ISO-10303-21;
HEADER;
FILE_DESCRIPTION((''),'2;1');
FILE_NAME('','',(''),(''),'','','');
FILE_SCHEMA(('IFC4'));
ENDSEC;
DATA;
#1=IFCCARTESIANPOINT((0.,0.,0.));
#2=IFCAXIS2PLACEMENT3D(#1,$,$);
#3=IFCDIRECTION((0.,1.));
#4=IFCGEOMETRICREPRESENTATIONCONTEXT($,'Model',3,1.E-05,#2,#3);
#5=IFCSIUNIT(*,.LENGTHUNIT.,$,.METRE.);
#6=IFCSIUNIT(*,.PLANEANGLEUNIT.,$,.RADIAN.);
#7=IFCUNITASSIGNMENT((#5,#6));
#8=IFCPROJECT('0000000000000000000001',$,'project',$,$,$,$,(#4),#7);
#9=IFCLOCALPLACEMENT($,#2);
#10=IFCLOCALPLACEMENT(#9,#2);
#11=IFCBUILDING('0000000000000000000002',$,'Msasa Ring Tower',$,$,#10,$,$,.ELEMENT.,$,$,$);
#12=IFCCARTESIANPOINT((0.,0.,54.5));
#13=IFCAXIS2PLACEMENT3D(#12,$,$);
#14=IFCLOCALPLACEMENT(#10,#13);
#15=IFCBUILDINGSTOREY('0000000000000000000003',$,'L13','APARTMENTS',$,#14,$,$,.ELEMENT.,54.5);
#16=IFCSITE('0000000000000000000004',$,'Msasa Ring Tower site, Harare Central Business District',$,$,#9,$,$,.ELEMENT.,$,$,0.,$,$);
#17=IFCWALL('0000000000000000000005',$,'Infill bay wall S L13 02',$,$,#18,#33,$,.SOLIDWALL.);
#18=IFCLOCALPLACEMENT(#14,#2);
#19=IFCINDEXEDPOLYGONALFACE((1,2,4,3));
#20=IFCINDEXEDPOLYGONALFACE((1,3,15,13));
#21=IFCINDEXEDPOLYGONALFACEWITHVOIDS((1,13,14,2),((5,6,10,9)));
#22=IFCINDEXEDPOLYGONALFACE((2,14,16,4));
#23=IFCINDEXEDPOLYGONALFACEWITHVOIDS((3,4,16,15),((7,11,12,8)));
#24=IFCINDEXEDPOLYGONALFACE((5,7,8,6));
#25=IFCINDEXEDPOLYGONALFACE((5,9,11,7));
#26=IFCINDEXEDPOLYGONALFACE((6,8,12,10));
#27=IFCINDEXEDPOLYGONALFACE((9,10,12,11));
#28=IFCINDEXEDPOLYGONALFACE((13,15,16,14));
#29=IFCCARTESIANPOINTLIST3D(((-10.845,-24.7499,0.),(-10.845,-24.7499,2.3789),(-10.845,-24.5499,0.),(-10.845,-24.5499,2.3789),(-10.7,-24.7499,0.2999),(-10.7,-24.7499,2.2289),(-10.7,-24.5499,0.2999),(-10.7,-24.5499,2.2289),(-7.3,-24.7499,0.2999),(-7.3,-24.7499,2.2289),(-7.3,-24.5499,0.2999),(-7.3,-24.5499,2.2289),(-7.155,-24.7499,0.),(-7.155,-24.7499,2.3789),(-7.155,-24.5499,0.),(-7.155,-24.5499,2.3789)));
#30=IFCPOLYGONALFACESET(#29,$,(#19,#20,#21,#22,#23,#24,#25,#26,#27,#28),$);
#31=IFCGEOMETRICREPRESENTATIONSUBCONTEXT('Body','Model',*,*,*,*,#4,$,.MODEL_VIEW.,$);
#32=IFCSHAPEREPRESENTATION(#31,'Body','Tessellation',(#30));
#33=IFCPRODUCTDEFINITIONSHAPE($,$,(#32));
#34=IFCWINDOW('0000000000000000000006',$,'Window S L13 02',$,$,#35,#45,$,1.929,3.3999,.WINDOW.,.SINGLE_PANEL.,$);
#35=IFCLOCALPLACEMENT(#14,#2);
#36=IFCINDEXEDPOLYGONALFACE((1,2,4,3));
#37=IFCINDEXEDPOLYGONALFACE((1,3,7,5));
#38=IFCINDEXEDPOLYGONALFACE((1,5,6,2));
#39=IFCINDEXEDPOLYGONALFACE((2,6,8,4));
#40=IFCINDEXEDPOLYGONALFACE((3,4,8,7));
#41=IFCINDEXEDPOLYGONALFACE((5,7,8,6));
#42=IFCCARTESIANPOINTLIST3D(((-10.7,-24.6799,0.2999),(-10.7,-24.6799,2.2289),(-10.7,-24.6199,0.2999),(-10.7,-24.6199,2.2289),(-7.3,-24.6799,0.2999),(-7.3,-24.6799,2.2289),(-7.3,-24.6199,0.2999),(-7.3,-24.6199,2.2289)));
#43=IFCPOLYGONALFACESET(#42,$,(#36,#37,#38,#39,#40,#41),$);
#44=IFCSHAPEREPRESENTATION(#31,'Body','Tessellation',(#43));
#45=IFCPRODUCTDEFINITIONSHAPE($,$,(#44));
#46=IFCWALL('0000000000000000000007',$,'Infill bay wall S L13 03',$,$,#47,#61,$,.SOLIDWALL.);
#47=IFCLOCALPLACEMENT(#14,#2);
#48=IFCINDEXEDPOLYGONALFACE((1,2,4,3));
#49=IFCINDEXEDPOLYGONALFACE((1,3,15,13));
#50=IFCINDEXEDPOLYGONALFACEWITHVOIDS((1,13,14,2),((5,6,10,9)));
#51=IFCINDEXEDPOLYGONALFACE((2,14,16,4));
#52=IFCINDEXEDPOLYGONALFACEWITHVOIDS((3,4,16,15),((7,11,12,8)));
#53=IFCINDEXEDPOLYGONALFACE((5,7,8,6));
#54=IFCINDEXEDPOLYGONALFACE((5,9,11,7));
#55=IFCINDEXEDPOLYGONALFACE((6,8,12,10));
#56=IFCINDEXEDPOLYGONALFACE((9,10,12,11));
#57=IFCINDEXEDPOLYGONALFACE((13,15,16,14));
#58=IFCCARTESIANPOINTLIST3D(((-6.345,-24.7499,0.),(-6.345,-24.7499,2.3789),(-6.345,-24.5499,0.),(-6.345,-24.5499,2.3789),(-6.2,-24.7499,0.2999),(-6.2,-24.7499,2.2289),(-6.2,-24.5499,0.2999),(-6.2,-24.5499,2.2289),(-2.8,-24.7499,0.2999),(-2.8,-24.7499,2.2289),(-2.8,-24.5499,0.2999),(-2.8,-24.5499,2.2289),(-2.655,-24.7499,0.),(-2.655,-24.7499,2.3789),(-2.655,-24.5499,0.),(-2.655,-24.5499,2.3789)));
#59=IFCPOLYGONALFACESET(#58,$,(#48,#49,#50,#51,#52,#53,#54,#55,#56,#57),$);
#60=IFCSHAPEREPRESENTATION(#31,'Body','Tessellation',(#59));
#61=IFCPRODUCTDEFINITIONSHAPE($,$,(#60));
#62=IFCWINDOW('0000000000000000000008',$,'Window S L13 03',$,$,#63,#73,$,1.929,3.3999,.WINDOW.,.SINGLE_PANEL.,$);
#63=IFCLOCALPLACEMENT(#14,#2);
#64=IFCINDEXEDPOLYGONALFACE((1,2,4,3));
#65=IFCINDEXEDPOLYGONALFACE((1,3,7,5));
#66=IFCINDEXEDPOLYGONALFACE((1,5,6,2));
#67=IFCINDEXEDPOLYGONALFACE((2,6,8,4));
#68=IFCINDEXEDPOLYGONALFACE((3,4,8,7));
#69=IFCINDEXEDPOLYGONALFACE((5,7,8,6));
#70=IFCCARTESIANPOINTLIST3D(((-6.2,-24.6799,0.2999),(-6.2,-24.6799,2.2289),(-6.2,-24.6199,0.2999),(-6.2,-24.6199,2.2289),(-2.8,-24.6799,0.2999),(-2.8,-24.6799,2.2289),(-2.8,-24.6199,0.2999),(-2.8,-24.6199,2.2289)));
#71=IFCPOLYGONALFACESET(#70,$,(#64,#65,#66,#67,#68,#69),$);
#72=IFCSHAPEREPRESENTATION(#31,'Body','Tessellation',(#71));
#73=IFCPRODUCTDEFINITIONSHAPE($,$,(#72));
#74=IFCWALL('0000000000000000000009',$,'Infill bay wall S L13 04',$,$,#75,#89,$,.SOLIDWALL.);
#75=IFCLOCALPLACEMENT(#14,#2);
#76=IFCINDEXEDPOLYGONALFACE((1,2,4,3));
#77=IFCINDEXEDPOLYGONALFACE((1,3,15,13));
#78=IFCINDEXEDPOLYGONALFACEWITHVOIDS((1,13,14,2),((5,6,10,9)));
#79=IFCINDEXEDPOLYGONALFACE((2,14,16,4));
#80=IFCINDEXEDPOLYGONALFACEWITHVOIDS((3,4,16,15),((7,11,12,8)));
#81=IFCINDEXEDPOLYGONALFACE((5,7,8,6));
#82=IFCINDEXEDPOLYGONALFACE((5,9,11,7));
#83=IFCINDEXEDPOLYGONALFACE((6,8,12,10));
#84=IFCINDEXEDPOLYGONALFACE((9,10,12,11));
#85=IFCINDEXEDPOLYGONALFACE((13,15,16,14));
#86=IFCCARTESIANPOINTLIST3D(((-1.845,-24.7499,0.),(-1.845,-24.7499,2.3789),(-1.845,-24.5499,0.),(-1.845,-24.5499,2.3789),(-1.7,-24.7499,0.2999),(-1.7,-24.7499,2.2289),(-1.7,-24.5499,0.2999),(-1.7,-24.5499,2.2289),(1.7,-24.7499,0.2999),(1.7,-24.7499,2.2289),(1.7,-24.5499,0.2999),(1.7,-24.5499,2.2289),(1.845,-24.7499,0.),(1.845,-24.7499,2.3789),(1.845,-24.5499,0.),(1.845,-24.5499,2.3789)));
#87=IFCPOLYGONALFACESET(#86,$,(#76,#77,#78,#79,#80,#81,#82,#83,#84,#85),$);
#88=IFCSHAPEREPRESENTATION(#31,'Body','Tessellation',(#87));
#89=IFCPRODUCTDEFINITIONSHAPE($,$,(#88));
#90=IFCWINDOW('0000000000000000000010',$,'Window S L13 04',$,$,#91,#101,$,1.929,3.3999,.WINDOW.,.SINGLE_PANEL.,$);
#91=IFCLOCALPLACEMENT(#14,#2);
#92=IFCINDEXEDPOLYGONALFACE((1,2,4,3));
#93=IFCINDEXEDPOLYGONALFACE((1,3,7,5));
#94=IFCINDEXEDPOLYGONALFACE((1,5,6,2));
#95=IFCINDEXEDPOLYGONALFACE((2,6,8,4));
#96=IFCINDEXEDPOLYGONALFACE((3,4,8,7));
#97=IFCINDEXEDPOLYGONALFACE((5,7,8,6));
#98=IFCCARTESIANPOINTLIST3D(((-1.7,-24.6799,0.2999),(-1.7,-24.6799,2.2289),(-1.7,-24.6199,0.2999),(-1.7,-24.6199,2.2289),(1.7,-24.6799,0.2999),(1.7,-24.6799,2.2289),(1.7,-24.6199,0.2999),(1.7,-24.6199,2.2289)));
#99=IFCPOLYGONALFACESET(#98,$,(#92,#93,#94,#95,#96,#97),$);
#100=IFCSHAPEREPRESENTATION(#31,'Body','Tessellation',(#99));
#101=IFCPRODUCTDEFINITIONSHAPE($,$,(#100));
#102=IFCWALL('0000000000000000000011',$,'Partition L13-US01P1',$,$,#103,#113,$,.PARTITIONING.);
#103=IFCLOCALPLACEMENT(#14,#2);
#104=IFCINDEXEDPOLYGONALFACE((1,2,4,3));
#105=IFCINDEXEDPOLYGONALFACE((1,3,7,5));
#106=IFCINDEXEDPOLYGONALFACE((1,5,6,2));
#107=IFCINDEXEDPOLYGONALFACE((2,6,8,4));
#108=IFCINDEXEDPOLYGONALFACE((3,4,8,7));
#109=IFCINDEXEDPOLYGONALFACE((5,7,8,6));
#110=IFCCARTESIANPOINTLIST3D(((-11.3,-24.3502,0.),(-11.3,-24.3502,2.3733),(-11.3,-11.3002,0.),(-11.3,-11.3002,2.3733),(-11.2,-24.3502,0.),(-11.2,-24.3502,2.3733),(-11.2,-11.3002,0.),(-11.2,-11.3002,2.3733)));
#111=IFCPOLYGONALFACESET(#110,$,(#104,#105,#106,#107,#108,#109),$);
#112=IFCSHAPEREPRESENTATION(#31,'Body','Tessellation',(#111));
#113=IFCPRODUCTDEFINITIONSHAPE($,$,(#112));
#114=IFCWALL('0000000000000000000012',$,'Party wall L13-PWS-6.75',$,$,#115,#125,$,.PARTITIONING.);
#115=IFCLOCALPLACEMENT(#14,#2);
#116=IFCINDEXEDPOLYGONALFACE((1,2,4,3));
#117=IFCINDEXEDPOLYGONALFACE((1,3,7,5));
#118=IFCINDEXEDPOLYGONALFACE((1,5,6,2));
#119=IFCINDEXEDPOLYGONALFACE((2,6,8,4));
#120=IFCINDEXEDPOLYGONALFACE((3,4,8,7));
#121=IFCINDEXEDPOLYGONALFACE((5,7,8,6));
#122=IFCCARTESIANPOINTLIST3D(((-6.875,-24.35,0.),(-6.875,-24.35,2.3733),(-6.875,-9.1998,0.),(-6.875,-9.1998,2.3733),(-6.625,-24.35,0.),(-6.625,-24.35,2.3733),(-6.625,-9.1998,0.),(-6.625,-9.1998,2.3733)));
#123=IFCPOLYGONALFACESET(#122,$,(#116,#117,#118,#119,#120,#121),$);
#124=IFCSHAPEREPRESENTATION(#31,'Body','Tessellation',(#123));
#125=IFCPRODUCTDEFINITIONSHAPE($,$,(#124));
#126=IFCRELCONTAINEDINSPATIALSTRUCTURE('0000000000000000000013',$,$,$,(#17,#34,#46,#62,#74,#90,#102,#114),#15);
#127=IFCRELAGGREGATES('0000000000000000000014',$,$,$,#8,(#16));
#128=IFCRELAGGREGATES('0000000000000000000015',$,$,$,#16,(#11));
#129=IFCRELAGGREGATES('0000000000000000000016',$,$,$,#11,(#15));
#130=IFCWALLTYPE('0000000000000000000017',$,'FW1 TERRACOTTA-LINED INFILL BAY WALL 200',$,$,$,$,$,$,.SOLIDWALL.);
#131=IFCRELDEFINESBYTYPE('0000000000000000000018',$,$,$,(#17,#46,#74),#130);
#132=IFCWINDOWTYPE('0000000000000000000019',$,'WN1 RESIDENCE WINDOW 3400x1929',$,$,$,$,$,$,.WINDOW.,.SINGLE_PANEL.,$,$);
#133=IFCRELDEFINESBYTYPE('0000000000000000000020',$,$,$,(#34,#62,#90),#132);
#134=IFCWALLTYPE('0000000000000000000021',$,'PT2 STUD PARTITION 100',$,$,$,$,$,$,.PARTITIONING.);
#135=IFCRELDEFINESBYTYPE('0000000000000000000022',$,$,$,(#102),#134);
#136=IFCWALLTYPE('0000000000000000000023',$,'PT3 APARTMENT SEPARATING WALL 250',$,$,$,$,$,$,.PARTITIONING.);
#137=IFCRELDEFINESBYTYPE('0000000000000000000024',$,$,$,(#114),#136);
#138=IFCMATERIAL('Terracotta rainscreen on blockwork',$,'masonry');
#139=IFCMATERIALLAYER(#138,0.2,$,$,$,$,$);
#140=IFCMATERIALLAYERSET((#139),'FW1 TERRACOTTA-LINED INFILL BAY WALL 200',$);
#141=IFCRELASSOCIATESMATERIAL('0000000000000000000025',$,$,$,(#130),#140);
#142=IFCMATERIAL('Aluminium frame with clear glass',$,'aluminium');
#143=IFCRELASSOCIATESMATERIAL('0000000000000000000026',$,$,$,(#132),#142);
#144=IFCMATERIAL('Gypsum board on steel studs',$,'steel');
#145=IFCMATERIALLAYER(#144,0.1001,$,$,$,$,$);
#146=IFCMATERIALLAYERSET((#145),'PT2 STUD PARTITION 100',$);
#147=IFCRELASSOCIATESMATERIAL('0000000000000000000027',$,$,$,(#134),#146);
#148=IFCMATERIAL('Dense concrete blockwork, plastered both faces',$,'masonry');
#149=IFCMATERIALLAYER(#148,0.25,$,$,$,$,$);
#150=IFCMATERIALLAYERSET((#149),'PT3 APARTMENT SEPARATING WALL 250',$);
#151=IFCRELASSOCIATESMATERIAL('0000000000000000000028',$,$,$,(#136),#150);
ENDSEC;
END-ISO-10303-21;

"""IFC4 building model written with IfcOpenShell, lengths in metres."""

from ifc_helpers import new_model, si_unit, direction, frame, frame_2d, origin, place, context, subcontext, project, spatial, rectangle, extrude, material, layer, layer_set, type_object, element, fill, save


model = new_model("IFC4")

# Units and contexts
model_context = context("Model", 3, precision=1e-05, world=origin(), true_north=direction((0.0, 1.0)))
body_context = subcontext(model_context, "Body", "Model", "MODEL_VIEW")
ifc_project = project(units=[si_unit("LENGTHUNIT", "METRE"), si_unit("PLANEANGLEUNIT", "RADIAN")], contexts=[model_context])

# Site, building, storey
site_placement = place(None, origin())
site = spatial("IfcSite", under=ifc_project, at=site_placement, Name="Msasa Ring Tower site, Harare Central Business District", CompositionType="ELEMENT", RefElevation=0.0)
building_placement = place(site_placement, origin())
building = spatial("IfcBuilding", under=site, at=building_placement, Name="Msasa Ring Tower", CompositionType="ELEMENT")
storey_placement = place(building_placement, frame((0.0, 0.0, 54.5)))
storey = spatial("IfcBuildingStorey", under=building, at=storey_placement, Name="L13", Description="APARTMENTS", CompositionType="ELEMENT", Elevation=54.5)

# Walls, openings, windows
ifc_material_1 = material(Name="Terracotta rainscreen on blockwork", Category="masonry")
ifc_layer_1 = layer(ifc_material_1, 0.2)
ifc_layer_set_1 = layer_set([ifc_layer_1], Name="FW1 TERRACOTTA-LINED INFILL BAY WALL 200")
wall_type_1 = type_object("IfcWallType", Name="FW1 TERRACOTTA-LINED INFILL BAY WALL 200", PredefinedType="SOLIDWALL", material=ifc_layer_set_1)
ifc_material_2 = material(Name="Aluminium frame with clear glass", Category="aluminium")
window_type = type_object("IfcWindowType", Name="WN1 RESIDENCE WINDOW 3400x1929", PartitioningType="SINGLE_PANEL", PredefinedType="WINDOW", material=ifc_material_2)
wall_1_placement = place(storey_placement, frame((-10.845, -24.6499, 0.0), z_axis=(0.0, 0.0, 1.0), x_axis=(1.0, 0.0, 0.0)))
wall_1 = element("IfcWall", 1, at=wall_1_placement, inside=storey, type_object=wall_type_1, Name="Infill bay wall S L13 02", PredefinedType="SOLIDWALL", context=body_context, shape_type="SweptSolid", body=[
    extrude(rectangle(XDim=3.6899, YDim=0.2, at=frame_2d((1.845, 0.0))), origin(), (0.0, 0.0, 1.0), 2.3789),
])
opening_1_placement = place(wall_1_placement, frame((0.145, 0.0, 0.3)))
opening_1 = element("IfcOpeningElement", 2, at=opening_1_placement, cuts=wall_1, PredefinedType="OPENING", context=body_context, shape_type="SweptSolid", body=[
    extrude(rectangle(XDim=3.3999, YDim=1.929, at=frame_2d((1.7, 0.9644))), frame((0.0, 0.1099, 0.0), z_axis=(0.0, -1.0, 0.0), x_axis=(1.0, 0.0, 0.0)), (0.0, 0.0, 1.0), 0.22),
])
window_1_placement = place(opening_1_placement, origin())
window_1 = element("IfcWindow", 3, at=window_1_placement, inside=storey, type_object=window_type, Name="Window S L13 02", OverallHeight=1.929, OverallWidth=3.3999, PartitioningType="SINGLE_PANEL", PredefinedType="WINDOW", context=body_context, shape_type="SweptSolid", body=[
    extrude(rectangle(XDim=3.3999, YDim=1.929, at=frame_2d((1.7, 0.9644))), frame((0.0, 0.03, 0.0), z_axis=(0.0, -1.0, 0.0), x_axis=(1.0, 0.0, 0.0)), (0.0, 0.0, 1.0), 0.0601),
])
fill(opening_1, window_1)
wall_2_placement = place(storey_placement, frame((-6.345, -24.6499, 0.0), z_axis=(0.0, 0.0, 1.0), x_axis=(1.0, 0.0, 0.0)))
wall_2 = element("IfcWall", 4, at=wall_2_placement, inside=storey, type_object=wall_type_1, Name="Infill bay wall S L13 03", PredefinedType="SOLIDWALL", context=body_context, shape_type="SweptSolid", body=[
    extrude(rectangle(XDim=3.6899, YDim=0.2, at=frame_2d((1.845, 0.0))), origin(), (0.0, 0.0, 1.0), 2.3789),
])
opening_2_placement = place(wall_2_placement, frame((0.145, 0.0, 0.3)))
opening_2 = element("IfcOpeningElement", 5, at=opening_2_placement, cuts=wall_2, PredefinedType="OPENING", context=body_context, shape_type="SweptSolid", body=[
    extrude(rectangle(XDim=3.3999, YDim=1.929, at=frame_2d((1.7, 0.9644))), frame((0.0, 0.1099, 0.0), z_axis=(0.0, -1.0, 0.0), x_axis=(1.0, 0.0, 0.0)), (0.0, 0.0, 1.0), 0.22),
])
window_2_placement = place(opening_2_placement, origin())
window_2 = element("IfcWindow", 6, at=window_2_placement, inside=storey, type_object=window_type, Name="Window S L13 03", OverallHeight=1.929, OverallWidth=3.3999, PartitioningType="SINGLE_PANEL", PredefinedType="WINDOW", context=body_context, shape_type="SweptSolid", body=[
    extrude(rectangle(XDim=3.3999, YDim=1.929, at=frame_2d((1.7, 0.9644))), frame((0.0, 0.03, 0.0), z_axis=(0.0, -1.0, 0.0), x_axis=(1.0, 0.0, 0.0)), (0.0, 0.0, 1.0), 0.0601),
])
fill(opening_2, window_2)
wall_3_placement = place(storey_placement, frame((-1.845, -24.6499, 0.0), z_axis=(0.0, 0.0, 1.0), x_axis=(1.0, 0.0, 0.0)))
wall_3 = element("IfcWall", 7, at=wall_3_placement, inside=storey, type_object=wall_type_1, Name="Infill bay wall S L13 04", PredefinedType="SOLIDWALL", context=body_context, shape_type="SweptSolid", body=[
    extrude(rectangle(XDim=3.6899, YDim=0.2, at=frame_2d((1.845, 0.0))), origin(), (0.0, 0.0, 1.0), 2.3789),
])
opening_3_placement = place(wall_3_placement, frame((0.145, 0.0, 0.3)))
opening_3 = element("IfcOpeningElement", 8, at=opening_3_placement, cuts=wall_3, PredefinedType="OPENING", context=body_context, shape_type="SweptSolid", body=[
    extrude(rectangle(XDim=3.3999, YDim=1.929, at=frame_2d((1.7, 0.9644))), frame((0.0, 0.1099, 0.0), z_axis=(0.0, -1.0, 0.0), x_axis=(1.0, 0.0, 0.0)), (0.0, 0.0, 1.0), 0.22),
])
window_3_placement = place(opening_3_placement, origin())
window_3 = element("IfcWindow", 9, at=window_3_placement, inside=storey, type_object=window_type, Name="Window S L13 04", OverallHeight=1.929, OverallWidth=3.3999, PartitioningType="SINGLE_PANEL", PredefinedType="WINDOW", context=body_context, shape_type="SweptSolid", body=[
    extrude(rectangle(XDim=3.3999, YDim=1.929, at=frame_2d((1.7, 0.9644))), frame((0.0, 0.03, 0.0), z_axis=(0.0, -1.0, 0.0), x_axis=(1.0, 0.0, 0.0)), (0.0, 0.0, 1.0), 0.0601),
])
fill(opening_3, window_3)

# Walls
ifc_material_3 = material(Name="Gypsum board on steel studs", Category="steel")
ifc_layer_2 = layer(ifc_material_3, 0.1001)
ifc_layer_set_2 = layer_set([ifc_layer_2], Name="PT2 STUD PARTITION 100")
wall_type_2 = type_object("IfcWallType", Name="PT2 STUD PARTITION 100", PredefinedType="PARTITIONING", material=ifc_layer_set_2)
wall_4_placement = place(storey_placement, frame((-11.25, -24.3501, 0.0), z_axis=(0.0, 0.0, 1.0), x_axis=(0.0, 1.0, 0.0)))
element("IfcWall", 10, at=wall_4_placement, inside=storey, type_object=wall_type_2, Name="Partition L13-US01P1", PredefinedType="PARTITIONING", context=body_context, shape_type="SweptSolid", body=[
    extrude(rectangle(XDim=13.05, YDim=0.1001, at=frame_2d((6.5249, 0.0))), origin(), (0.0, 0.0, 1.0), 2.3733),
])
ifc_material_4 = material(Name="Dense concrete blockwork, plastered both faces", Category="masonry")
ifc_layer_3 = layer(ifc_material_4, 0.25)
ifc_layer_set_3 = layer_set([ifc_layer_3], Name="PT3 APARTMENT SEPARATING WALL 250")
wall_type_3 = type_object("IfcWallType", Name="PT3 APARTMENT SEPARATING WALL 250", PredefinedType="PARTITIONING", material=ifc_layer_set_3)
wall_5_placement = place(storey_placement, frame((-6.75, -24.3501, 0.0), z_axis=(0.0, 0.0, 1.0), x_axis=(0.0, 1.0, 0.0)))
element("IfcWall", 11, at=wall_5_placement, inside=storey, type_object=wall_type_3, Name="Party wall L13-PWS-6.75", PredefinedType="PARTITIONING", context=body_context, shape_type="SweptSolid", body=[
    extrude(rectangle(XDim=15.1501, YDim=0.25, at=frame_2d((7.5752, 0.0))), origin(), (0.0, 0.0, 1.0), 2.3733),
])

save(model, "model.ifc")
